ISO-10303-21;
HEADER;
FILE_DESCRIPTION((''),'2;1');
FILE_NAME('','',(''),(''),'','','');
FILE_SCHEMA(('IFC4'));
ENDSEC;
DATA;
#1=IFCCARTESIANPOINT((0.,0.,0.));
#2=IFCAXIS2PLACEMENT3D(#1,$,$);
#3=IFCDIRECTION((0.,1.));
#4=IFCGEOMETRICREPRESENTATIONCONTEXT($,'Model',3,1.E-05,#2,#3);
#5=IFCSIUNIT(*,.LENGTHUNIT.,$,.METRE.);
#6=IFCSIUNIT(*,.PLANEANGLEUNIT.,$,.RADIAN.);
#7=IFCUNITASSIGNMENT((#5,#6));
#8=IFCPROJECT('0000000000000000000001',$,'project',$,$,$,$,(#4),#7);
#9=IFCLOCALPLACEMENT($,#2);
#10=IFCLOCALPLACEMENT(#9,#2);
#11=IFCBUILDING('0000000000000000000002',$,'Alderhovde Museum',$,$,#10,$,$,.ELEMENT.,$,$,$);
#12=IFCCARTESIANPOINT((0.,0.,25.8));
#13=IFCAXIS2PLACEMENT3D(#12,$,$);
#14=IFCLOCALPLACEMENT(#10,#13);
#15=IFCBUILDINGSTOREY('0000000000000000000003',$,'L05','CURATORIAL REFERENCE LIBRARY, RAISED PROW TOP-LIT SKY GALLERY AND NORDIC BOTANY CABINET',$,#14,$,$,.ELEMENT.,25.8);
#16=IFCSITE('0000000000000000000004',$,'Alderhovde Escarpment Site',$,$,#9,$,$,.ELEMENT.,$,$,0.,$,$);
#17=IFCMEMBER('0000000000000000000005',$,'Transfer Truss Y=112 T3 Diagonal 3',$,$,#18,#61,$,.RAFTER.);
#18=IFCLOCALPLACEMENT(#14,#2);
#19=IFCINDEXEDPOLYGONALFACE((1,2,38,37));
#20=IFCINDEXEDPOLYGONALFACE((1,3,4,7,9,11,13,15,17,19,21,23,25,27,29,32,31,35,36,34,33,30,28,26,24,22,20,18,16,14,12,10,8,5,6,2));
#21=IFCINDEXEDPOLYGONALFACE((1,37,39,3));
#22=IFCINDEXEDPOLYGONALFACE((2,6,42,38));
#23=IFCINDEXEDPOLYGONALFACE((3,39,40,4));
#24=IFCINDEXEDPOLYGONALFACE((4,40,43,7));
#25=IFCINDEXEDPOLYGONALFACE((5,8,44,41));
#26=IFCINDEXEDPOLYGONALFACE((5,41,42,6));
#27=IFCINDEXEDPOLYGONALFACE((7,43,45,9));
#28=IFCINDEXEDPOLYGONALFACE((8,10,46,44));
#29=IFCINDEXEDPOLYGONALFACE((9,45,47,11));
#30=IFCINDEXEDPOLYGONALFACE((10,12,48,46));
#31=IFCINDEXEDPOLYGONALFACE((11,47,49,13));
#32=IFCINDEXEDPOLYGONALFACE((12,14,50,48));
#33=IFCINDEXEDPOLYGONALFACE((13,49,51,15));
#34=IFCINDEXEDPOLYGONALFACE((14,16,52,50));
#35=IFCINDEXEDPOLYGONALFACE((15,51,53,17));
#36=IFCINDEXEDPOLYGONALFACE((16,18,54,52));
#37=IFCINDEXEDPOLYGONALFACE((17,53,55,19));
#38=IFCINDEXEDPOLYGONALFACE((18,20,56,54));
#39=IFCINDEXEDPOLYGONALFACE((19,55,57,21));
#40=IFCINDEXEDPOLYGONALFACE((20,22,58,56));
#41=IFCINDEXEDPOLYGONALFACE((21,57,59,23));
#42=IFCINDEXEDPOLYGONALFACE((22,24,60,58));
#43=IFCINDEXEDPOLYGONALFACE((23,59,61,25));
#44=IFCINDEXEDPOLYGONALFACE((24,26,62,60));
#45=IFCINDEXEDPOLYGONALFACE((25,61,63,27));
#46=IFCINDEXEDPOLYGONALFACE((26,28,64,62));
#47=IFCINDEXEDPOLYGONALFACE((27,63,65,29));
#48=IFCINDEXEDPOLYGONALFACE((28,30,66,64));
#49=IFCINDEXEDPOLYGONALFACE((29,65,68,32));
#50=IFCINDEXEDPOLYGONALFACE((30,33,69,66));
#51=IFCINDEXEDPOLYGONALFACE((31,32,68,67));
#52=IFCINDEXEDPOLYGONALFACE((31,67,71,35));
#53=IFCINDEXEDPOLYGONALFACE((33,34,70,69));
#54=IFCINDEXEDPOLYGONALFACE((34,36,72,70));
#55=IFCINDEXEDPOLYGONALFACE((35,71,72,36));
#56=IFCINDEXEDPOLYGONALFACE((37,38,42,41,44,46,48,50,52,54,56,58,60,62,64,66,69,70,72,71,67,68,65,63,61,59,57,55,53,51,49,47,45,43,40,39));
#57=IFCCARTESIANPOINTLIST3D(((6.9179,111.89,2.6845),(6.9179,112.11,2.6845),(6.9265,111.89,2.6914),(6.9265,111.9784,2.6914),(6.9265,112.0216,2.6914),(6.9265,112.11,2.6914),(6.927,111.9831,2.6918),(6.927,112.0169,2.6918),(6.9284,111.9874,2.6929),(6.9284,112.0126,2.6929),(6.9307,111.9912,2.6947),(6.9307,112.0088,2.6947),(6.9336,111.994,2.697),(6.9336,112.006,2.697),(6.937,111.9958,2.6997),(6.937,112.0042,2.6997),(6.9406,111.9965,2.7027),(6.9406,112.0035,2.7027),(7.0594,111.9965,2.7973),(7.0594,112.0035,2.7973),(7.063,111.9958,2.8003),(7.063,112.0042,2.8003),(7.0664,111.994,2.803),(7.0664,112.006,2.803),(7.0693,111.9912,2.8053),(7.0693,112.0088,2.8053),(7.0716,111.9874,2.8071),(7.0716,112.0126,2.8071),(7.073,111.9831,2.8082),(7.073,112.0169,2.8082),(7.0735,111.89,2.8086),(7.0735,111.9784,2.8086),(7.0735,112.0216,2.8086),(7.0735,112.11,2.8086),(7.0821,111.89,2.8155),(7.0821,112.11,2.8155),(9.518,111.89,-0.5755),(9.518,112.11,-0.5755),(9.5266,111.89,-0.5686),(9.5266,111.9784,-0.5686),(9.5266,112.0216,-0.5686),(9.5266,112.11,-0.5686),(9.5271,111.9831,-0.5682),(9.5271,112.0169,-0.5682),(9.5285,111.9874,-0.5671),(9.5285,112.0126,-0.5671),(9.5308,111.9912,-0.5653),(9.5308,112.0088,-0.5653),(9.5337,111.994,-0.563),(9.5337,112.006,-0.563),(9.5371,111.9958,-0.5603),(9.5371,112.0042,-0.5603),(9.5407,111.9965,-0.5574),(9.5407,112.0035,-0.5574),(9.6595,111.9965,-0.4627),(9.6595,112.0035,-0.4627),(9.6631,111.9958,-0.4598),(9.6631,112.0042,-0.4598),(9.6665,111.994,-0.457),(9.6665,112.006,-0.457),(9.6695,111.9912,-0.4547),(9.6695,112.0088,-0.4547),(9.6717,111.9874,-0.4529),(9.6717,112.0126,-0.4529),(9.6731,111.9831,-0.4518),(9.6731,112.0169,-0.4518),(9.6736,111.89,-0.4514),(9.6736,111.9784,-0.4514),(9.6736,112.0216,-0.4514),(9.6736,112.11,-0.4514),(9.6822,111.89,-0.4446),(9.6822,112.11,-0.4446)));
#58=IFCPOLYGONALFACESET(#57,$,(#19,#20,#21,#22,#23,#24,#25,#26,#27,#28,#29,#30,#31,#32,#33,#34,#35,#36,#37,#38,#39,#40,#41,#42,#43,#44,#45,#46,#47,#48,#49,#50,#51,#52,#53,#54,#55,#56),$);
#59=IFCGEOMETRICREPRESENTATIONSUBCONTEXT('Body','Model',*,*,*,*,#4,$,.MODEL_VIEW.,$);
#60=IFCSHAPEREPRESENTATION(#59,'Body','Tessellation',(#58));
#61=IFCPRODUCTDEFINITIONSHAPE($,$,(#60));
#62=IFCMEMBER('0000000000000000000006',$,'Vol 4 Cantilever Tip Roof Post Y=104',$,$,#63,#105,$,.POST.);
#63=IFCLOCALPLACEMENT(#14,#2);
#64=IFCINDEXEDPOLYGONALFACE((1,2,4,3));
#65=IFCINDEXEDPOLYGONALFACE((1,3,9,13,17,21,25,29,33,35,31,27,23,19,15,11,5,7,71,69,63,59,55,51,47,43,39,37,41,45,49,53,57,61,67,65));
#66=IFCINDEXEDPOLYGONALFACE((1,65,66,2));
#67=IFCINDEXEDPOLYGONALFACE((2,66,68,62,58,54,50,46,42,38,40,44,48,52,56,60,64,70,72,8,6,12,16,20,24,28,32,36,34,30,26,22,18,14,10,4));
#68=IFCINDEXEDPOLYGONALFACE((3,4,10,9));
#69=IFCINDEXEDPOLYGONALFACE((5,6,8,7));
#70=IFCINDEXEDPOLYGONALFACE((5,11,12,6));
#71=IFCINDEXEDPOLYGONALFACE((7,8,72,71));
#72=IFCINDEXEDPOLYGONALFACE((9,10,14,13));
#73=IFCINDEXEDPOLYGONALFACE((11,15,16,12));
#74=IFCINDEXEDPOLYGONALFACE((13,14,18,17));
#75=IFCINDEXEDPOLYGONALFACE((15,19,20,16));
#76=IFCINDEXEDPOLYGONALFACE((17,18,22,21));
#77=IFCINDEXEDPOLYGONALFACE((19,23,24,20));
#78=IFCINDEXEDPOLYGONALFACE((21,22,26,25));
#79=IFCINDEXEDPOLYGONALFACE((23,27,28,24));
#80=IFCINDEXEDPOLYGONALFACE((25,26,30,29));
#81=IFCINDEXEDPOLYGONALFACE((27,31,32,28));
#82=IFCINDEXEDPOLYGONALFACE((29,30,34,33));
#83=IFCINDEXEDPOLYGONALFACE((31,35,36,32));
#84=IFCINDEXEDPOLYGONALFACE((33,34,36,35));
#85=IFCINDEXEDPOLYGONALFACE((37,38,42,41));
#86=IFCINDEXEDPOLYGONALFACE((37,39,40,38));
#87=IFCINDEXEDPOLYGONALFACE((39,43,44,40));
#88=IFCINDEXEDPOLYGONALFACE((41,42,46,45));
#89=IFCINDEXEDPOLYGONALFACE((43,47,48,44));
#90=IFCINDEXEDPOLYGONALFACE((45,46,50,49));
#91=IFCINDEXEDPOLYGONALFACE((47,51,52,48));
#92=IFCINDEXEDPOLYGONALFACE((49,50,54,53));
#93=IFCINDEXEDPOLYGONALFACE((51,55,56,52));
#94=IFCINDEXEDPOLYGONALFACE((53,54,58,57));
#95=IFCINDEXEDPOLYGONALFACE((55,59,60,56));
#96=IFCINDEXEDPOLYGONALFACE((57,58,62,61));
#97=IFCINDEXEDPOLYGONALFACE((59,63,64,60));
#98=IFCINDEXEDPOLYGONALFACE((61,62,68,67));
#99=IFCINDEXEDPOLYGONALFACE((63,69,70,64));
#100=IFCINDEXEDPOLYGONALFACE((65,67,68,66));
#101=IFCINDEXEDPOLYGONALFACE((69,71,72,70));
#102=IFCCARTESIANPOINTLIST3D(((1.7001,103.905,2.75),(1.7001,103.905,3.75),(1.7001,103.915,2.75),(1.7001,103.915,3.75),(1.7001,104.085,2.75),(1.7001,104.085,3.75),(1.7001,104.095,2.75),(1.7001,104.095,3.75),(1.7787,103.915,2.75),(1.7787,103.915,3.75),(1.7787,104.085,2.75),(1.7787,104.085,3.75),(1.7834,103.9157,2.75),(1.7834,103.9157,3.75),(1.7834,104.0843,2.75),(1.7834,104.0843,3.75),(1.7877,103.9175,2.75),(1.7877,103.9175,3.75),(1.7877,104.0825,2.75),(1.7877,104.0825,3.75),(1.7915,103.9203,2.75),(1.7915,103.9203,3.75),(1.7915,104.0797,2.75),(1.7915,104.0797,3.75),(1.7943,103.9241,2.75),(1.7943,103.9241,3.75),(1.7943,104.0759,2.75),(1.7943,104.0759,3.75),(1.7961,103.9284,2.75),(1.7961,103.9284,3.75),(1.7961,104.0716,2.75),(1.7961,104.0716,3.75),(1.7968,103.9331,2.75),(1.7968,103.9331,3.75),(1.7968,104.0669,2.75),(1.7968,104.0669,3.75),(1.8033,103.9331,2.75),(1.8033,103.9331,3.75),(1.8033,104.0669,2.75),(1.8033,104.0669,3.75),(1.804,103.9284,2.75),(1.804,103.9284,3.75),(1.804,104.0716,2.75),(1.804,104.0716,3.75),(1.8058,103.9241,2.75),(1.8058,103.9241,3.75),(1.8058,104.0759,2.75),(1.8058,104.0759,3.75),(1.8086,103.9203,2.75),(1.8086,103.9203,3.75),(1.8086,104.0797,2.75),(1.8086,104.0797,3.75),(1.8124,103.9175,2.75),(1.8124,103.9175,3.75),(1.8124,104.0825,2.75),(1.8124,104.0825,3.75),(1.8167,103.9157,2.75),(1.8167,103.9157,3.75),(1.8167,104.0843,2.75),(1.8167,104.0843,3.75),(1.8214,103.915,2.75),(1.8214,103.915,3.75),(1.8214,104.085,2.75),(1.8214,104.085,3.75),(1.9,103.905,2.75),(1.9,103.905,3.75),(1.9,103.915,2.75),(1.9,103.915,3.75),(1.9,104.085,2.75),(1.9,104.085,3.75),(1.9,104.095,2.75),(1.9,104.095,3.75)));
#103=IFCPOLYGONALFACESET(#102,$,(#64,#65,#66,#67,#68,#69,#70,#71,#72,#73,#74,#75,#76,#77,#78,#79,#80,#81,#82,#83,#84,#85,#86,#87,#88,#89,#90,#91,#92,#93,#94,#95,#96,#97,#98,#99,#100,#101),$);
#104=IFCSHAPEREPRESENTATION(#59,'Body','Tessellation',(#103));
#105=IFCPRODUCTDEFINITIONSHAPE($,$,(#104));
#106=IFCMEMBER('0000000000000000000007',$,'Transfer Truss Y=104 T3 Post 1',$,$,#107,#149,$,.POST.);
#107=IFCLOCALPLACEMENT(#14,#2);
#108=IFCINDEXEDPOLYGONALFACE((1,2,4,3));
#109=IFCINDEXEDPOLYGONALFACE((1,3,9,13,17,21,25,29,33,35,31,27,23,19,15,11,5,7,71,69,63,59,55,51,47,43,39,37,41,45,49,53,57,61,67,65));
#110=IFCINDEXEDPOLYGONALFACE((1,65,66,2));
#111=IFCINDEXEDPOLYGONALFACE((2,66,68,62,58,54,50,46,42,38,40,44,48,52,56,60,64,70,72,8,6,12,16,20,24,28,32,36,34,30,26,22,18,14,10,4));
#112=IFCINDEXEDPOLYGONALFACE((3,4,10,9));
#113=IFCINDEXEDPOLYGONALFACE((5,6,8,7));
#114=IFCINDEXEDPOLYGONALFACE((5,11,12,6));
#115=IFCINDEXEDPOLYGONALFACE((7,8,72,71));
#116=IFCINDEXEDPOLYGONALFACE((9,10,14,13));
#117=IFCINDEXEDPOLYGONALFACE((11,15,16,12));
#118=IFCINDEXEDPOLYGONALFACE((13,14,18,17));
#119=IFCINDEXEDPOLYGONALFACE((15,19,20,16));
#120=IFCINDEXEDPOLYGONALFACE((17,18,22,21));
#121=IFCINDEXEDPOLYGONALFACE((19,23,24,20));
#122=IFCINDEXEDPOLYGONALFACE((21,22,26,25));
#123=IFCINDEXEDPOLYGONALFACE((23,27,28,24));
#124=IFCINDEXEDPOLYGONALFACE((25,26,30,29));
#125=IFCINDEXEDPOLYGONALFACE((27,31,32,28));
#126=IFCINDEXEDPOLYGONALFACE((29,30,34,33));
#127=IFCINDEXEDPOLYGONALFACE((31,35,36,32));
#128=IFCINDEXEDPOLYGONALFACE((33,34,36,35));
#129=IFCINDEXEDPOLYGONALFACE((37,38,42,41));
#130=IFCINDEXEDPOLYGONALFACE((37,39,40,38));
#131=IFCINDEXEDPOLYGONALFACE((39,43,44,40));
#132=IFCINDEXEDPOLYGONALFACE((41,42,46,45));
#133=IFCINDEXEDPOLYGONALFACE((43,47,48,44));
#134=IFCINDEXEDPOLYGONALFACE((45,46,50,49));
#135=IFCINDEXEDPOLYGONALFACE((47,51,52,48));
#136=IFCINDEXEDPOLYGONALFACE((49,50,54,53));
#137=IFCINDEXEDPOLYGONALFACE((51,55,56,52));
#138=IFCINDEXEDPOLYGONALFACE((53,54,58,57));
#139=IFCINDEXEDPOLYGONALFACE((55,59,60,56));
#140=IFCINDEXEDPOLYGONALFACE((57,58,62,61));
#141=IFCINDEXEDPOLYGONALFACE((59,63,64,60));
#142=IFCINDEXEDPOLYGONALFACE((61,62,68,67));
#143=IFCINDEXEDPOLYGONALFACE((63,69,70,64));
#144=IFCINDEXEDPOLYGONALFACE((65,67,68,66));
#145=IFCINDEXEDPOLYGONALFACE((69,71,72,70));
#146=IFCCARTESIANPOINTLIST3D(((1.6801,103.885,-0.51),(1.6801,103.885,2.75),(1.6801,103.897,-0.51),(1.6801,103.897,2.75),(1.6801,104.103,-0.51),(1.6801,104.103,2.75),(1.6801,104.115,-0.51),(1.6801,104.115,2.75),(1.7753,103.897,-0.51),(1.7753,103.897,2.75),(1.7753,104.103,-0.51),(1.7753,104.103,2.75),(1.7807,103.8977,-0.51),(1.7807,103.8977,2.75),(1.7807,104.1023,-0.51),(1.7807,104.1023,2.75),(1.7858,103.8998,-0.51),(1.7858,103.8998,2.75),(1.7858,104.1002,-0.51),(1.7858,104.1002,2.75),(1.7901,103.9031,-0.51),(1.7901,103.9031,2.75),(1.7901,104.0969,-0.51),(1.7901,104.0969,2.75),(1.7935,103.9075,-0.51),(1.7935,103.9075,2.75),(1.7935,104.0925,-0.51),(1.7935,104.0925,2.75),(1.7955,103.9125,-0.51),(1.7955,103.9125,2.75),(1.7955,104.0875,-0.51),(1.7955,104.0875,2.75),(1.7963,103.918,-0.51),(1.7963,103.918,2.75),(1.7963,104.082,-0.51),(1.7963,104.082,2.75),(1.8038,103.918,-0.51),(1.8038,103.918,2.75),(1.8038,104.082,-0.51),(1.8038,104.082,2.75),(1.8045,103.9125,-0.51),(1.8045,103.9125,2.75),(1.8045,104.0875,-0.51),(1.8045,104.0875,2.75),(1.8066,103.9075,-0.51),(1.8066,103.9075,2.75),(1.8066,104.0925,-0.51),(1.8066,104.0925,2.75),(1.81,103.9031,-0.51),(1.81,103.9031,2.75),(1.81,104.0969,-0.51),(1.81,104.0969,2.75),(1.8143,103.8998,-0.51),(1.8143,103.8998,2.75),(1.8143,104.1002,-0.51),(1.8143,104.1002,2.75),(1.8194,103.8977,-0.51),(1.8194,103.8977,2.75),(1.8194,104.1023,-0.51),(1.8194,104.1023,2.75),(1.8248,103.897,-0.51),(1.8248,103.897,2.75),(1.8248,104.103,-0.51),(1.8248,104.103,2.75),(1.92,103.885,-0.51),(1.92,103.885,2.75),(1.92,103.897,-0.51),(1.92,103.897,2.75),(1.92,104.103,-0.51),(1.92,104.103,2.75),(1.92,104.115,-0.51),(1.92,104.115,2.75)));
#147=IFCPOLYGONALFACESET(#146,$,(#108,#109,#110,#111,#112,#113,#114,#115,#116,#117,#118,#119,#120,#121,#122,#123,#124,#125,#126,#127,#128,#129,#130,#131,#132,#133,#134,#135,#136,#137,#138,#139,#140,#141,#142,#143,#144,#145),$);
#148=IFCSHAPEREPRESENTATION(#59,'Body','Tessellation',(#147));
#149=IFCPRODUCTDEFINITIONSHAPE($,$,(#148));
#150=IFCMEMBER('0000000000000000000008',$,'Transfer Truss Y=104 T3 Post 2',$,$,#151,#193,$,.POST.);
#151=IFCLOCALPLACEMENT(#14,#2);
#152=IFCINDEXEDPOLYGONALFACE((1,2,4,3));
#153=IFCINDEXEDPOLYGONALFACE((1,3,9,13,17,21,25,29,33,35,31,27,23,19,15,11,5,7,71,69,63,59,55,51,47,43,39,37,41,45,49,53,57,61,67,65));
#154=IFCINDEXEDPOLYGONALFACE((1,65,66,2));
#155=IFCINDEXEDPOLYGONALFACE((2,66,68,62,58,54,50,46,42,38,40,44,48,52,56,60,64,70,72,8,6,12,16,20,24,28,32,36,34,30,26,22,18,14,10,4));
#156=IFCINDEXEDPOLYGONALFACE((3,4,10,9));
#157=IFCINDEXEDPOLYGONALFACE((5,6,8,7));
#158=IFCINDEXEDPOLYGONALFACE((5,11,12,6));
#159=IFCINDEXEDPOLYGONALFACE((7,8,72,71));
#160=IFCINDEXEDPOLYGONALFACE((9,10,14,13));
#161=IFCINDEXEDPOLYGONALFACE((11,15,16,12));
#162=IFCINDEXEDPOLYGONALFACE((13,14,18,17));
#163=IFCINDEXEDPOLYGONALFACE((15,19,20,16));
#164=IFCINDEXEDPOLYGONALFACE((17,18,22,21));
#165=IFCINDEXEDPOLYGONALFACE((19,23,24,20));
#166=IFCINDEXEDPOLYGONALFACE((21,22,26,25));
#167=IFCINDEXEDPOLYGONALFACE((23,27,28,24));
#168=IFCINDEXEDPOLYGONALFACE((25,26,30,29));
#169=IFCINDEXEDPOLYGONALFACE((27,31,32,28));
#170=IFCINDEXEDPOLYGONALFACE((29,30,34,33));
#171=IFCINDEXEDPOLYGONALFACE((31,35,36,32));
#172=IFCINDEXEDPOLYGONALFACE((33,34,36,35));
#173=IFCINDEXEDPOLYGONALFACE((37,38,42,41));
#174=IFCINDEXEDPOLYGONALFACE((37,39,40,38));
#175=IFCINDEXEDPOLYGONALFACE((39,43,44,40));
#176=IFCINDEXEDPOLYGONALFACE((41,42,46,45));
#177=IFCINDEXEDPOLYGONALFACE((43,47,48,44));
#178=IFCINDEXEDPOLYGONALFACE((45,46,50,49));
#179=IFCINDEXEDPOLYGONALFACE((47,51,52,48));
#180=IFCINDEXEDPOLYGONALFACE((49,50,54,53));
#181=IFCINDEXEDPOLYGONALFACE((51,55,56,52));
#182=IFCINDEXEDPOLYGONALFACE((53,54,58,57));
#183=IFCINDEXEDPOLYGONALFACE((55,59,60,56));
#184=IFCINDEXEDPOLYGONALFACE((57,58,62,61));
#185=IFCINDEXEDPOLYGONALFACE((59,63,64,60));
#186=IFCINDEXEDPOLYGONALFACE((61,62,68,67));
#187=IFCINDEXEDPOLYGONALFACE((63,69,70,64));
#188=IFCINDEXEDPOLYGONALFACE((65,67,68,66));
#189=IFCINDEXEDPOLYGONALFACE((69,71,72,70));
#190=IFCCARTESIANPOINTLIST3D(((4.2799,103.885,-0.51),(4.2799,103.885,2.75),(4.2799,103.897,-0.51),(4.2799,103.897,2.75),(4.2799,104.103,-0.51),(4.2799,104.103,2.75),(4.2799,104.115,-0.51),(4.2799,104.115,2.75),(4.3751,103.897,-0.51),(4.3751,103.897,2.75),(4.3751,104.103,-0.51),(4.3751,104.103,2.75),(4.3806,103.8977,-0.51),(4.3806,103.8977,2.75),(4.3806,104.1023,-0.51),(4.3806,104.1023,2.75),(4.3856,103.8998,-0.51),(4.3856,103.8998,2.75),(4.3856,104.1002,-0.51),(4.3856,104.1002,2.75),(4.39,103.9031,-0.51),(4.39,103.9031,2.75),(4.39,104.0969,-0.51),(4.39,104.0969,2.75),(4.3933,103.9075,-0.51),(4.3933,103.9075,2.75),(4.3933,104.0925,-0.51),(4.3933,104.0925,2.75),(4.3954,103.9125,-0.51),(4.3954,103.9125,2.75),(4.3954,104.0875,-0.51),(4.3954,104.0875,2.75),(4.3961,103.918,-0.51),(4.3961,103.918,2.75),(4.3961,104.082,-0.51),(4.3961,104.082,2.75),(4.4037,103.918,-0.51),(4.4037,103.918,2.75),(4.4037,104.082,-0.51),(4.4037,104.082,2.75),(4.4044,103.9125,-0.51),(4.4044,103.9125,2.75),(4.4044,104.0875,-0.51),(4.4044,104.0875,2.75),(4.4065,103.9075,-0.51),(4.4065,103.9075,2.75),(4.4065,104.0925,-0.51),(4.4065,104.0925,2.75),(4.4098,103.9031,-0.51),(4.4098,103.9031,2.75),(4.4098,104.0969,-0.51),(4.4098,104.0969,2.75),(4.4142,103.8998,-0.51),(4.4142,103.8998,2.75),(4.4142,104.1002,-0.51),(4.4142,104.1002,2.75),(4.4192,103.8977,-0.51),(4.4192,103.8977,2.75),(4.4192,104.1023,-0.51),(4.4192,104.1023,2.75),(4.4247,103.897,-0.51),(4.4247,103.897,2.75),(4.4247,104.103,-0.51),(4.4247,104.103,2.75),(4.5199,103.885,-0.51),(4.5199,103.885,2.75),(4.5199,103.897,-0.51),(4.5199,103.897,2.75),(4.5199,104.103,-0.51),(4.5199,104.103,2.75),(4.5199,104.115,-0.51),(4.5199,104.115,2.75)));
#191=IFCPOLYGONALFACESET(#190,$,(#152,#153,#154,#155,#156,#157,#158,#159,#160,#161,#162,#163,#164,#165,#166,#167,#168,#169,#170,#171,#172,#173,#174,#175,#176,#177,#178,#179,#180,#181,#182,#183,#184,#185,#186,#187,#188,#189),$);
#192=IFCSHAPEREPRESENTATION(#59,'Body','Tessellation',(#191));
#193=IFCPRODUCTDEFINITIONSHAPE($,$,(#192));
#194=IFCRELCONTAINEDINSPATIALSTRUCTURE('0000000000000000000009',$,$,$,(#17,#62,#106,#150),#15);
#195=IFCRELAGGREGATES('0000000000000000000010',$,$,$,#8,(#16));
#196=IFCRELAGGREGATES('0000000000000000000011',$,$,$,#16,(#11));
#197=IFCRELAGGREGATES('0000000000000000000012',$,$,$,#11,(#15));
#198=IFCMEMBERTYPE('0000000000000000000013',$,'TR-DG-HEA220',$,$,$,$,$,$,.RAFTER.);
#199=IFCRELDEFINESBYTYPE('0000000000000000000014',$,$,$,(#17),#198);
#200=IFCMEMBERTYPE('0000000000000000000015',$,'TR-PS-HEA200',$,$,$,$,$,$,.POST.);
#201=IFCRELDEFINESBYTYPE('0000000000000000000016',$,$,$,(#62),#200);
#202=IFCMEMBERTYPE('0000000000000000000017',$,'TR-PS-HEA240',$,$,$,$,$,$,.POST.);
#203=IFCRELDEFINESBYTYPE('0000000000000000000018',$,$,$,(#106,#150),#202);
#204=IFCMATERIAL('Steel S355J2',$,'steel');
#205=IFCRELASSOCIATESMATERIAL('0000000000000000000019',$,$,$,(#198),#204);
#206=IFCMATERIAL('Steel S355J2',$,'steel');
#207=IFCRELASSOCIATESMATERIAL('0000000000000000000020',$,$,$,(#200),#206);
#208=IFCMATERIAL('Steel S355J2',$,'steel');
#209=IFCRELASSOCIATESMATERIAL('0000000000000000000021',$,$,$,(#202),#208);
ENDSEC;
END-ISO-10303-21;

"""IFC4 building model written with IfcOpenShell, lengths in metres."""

from ifc_helpers import new_model, si_unit, direction, frame, origin, origin_2d, place, context, subcontext, project, spatial, i_section, extrude, material, material_profile, profile_set, type_object, element, save


model = new_model("IFC4")

# Units and contexts
model_context = context("Model", 3, precision=1e-05, world=origin(), true_north=direction((0.0, 1.0)))
body_context = subcontext(model_context, "Body", "Model", "MODEL_VIEW")
ifc_project = project(units=[si_unit("LENGTHUNIT", "METRE"), si_unit("PLANEANGLEUNIT", "RADIAN")], contexts=[model_context])

# Site, building, storey
site_placement = place(None, origin())
site = spatial("IfcSite", under=ifc_project, at=site_placement, Name="Alderhovde Escarpment Site", CompositionType="ELEMENT", RefElevation=0.0)
building_placement = place(site_placement, origin())
building = spatial("IfcBuilding", under=site, at=building_placement, Name="Alderhovde Museum", CompositionType="ELEMENT")
storey_placement = place(building_placement, frame((0.0, 0.0, 25.8)))
storey = spatial("IfcBuildingStorey", under=building, at=storey_placement, Name="L05", Description="CURATORIAL REFERENCE LIBRARY, RAISED PROW TOP-LIT SKY GALLERY AND NORDIC BOTANY CABINET", CompositionType="ELEMENT", Elevation=25.8)

# Members
ifc_material_1 = material(Name="Steel S355J2", Category="steel")
ifc_material_profile_1 = material_profile(ifc_material_1, i_section(OverallWidth=0.22, OverallDepth=0.21, WebThickness=0.0071, FlangeThickness=0.011, FilletRadius=0.0181, at=origin_2d()), Name="HEA 220")
ifc_profile_set_1 = profile_set([ifc_material_profile_1], Name="Steel S355J2")
member_type_1 = type_object("IfcMemberType", Name="TR-DG-HEA220", PredefinedType="RAFTER", material=ifc_profile_set_1)
for number, where, z_axis, x_axis, name in (
    (1, (7.0, 112.0, 2.75), (0.623538, 0.0, -0.781793), (0.0, 1.0, 0.0), "Transfer Truss Y=112 T3 Diagonal 3"),
):
    element("IfcMember", number, at=place(storey_placement, frame(where, z_axis=z_axis, x_axis=x_axis)), inside=storey, type_object=member_type_1, Name=name, PredefinedType="RAFTER", context=body_context, shape_type="SweptSolid", body=[
        extrude(i_section(OverallWidth=0.22, OverallDepth=0.21, WebThickness=0.0071, FlangeThickness=0.011, FilletRadius=0.0181, at=origin_2d()), origin(), (0.0, 0.0, 1.0), 4.1699),
    ])
ifc_material_2 = material(Name="Steel S355J2", Category="steel")
ifc_material_profile_2 = material_profile(ifc_material_2, i_section(OverallWidth=0.2, OverallDepth=0.1899, WebThickness=0.0066, FlangeThickness=0.01, FilletRadius=0.0181, at=origin_2d()), Name="HEA 200")
ifc_profile_set_2 = profile_set([ifc_material_profile_2], Name="Steel S355J2")
member_type_2 = type_object("IfcMemberType", Name="TR-PS-HEA200", PredefinedType="POST", material=ifc_profile_set_2)
member_1_placement = place(storey_placement, frame((1.8, 104.0, 2.75), z_axis=(0.0, 0.0, 1.0), x_axis=(1.0, 0.0, 0.0)))
element("IfcMember", 2, at=member_1_placement, inside=storey, type_object=member_type_2, Name="Vol 4 Cantilever Tip Roof Post Y=104", PredefinedType="POST", context=body_context, shape_type="SweptSolid", body=[
    extrude(i_section(OverallWidth=0.2, OverallDepth=0.1899, WebThickness=0.0066, FlangeThickness=0.01, FilletRadius=0.0181, at=origin_2d()), origin(), (0.0, 0.0, 1.0), 1.0),
])
ifc_material_3 = material(Name="Steel S355J2", Category="steel")
ifc_material_profile_3 = material_profile(ifc_material_3, i_section(OverallWidth=0.24, OverallDepth=0.23, WebThickness=0.0076, FlangeThickness=0.012, FilletRadius=0.021, at=origin_2d()), Name="HEA 240")
ifc_profile_set_3 = profile_set([ifc_material_profile_3], Name="Steel S355J2")
member_type_3 = type_object("IfcMemberType", Name="TR-PS-HEA240", PredefinedType="POST", material=ifc_profile_set_3)
for number, where, z_axis, x_axis, name in (
    (3, (1.8, 104.0, -0.51), (0.0, 0.0, 1.0), (1.0, 0.0, 0.0), "Transfer Truss Y=104 T3 Post 1"),
    (4, (4.3999, 104.0, -0.51), (0.0, 0.0, 1.0), (1.0, 0.0, 0.0), "Transfer Truss Y=104 T3 Post 2"),
):
    element("IfcMember", number, at=place(storey_placement, frame(where, z_axis=z_axis, x_axis=x_axis)), inside=storey, type_object=member_type_3, Name=name, PredefinedType="POST", context=body_context, shape_type="SweptSolid", body=[
        extrude(i_section(OverallWidth=0.24, OverallDepth=0.23, WebThickness=0.0076, FlangeThickness=0.012, FilletRadius=0.021, at=origin_2d()), origin(), (0.0, 0.0, 1.0), 3.26),
    ])

save(model, "model.ifc")
